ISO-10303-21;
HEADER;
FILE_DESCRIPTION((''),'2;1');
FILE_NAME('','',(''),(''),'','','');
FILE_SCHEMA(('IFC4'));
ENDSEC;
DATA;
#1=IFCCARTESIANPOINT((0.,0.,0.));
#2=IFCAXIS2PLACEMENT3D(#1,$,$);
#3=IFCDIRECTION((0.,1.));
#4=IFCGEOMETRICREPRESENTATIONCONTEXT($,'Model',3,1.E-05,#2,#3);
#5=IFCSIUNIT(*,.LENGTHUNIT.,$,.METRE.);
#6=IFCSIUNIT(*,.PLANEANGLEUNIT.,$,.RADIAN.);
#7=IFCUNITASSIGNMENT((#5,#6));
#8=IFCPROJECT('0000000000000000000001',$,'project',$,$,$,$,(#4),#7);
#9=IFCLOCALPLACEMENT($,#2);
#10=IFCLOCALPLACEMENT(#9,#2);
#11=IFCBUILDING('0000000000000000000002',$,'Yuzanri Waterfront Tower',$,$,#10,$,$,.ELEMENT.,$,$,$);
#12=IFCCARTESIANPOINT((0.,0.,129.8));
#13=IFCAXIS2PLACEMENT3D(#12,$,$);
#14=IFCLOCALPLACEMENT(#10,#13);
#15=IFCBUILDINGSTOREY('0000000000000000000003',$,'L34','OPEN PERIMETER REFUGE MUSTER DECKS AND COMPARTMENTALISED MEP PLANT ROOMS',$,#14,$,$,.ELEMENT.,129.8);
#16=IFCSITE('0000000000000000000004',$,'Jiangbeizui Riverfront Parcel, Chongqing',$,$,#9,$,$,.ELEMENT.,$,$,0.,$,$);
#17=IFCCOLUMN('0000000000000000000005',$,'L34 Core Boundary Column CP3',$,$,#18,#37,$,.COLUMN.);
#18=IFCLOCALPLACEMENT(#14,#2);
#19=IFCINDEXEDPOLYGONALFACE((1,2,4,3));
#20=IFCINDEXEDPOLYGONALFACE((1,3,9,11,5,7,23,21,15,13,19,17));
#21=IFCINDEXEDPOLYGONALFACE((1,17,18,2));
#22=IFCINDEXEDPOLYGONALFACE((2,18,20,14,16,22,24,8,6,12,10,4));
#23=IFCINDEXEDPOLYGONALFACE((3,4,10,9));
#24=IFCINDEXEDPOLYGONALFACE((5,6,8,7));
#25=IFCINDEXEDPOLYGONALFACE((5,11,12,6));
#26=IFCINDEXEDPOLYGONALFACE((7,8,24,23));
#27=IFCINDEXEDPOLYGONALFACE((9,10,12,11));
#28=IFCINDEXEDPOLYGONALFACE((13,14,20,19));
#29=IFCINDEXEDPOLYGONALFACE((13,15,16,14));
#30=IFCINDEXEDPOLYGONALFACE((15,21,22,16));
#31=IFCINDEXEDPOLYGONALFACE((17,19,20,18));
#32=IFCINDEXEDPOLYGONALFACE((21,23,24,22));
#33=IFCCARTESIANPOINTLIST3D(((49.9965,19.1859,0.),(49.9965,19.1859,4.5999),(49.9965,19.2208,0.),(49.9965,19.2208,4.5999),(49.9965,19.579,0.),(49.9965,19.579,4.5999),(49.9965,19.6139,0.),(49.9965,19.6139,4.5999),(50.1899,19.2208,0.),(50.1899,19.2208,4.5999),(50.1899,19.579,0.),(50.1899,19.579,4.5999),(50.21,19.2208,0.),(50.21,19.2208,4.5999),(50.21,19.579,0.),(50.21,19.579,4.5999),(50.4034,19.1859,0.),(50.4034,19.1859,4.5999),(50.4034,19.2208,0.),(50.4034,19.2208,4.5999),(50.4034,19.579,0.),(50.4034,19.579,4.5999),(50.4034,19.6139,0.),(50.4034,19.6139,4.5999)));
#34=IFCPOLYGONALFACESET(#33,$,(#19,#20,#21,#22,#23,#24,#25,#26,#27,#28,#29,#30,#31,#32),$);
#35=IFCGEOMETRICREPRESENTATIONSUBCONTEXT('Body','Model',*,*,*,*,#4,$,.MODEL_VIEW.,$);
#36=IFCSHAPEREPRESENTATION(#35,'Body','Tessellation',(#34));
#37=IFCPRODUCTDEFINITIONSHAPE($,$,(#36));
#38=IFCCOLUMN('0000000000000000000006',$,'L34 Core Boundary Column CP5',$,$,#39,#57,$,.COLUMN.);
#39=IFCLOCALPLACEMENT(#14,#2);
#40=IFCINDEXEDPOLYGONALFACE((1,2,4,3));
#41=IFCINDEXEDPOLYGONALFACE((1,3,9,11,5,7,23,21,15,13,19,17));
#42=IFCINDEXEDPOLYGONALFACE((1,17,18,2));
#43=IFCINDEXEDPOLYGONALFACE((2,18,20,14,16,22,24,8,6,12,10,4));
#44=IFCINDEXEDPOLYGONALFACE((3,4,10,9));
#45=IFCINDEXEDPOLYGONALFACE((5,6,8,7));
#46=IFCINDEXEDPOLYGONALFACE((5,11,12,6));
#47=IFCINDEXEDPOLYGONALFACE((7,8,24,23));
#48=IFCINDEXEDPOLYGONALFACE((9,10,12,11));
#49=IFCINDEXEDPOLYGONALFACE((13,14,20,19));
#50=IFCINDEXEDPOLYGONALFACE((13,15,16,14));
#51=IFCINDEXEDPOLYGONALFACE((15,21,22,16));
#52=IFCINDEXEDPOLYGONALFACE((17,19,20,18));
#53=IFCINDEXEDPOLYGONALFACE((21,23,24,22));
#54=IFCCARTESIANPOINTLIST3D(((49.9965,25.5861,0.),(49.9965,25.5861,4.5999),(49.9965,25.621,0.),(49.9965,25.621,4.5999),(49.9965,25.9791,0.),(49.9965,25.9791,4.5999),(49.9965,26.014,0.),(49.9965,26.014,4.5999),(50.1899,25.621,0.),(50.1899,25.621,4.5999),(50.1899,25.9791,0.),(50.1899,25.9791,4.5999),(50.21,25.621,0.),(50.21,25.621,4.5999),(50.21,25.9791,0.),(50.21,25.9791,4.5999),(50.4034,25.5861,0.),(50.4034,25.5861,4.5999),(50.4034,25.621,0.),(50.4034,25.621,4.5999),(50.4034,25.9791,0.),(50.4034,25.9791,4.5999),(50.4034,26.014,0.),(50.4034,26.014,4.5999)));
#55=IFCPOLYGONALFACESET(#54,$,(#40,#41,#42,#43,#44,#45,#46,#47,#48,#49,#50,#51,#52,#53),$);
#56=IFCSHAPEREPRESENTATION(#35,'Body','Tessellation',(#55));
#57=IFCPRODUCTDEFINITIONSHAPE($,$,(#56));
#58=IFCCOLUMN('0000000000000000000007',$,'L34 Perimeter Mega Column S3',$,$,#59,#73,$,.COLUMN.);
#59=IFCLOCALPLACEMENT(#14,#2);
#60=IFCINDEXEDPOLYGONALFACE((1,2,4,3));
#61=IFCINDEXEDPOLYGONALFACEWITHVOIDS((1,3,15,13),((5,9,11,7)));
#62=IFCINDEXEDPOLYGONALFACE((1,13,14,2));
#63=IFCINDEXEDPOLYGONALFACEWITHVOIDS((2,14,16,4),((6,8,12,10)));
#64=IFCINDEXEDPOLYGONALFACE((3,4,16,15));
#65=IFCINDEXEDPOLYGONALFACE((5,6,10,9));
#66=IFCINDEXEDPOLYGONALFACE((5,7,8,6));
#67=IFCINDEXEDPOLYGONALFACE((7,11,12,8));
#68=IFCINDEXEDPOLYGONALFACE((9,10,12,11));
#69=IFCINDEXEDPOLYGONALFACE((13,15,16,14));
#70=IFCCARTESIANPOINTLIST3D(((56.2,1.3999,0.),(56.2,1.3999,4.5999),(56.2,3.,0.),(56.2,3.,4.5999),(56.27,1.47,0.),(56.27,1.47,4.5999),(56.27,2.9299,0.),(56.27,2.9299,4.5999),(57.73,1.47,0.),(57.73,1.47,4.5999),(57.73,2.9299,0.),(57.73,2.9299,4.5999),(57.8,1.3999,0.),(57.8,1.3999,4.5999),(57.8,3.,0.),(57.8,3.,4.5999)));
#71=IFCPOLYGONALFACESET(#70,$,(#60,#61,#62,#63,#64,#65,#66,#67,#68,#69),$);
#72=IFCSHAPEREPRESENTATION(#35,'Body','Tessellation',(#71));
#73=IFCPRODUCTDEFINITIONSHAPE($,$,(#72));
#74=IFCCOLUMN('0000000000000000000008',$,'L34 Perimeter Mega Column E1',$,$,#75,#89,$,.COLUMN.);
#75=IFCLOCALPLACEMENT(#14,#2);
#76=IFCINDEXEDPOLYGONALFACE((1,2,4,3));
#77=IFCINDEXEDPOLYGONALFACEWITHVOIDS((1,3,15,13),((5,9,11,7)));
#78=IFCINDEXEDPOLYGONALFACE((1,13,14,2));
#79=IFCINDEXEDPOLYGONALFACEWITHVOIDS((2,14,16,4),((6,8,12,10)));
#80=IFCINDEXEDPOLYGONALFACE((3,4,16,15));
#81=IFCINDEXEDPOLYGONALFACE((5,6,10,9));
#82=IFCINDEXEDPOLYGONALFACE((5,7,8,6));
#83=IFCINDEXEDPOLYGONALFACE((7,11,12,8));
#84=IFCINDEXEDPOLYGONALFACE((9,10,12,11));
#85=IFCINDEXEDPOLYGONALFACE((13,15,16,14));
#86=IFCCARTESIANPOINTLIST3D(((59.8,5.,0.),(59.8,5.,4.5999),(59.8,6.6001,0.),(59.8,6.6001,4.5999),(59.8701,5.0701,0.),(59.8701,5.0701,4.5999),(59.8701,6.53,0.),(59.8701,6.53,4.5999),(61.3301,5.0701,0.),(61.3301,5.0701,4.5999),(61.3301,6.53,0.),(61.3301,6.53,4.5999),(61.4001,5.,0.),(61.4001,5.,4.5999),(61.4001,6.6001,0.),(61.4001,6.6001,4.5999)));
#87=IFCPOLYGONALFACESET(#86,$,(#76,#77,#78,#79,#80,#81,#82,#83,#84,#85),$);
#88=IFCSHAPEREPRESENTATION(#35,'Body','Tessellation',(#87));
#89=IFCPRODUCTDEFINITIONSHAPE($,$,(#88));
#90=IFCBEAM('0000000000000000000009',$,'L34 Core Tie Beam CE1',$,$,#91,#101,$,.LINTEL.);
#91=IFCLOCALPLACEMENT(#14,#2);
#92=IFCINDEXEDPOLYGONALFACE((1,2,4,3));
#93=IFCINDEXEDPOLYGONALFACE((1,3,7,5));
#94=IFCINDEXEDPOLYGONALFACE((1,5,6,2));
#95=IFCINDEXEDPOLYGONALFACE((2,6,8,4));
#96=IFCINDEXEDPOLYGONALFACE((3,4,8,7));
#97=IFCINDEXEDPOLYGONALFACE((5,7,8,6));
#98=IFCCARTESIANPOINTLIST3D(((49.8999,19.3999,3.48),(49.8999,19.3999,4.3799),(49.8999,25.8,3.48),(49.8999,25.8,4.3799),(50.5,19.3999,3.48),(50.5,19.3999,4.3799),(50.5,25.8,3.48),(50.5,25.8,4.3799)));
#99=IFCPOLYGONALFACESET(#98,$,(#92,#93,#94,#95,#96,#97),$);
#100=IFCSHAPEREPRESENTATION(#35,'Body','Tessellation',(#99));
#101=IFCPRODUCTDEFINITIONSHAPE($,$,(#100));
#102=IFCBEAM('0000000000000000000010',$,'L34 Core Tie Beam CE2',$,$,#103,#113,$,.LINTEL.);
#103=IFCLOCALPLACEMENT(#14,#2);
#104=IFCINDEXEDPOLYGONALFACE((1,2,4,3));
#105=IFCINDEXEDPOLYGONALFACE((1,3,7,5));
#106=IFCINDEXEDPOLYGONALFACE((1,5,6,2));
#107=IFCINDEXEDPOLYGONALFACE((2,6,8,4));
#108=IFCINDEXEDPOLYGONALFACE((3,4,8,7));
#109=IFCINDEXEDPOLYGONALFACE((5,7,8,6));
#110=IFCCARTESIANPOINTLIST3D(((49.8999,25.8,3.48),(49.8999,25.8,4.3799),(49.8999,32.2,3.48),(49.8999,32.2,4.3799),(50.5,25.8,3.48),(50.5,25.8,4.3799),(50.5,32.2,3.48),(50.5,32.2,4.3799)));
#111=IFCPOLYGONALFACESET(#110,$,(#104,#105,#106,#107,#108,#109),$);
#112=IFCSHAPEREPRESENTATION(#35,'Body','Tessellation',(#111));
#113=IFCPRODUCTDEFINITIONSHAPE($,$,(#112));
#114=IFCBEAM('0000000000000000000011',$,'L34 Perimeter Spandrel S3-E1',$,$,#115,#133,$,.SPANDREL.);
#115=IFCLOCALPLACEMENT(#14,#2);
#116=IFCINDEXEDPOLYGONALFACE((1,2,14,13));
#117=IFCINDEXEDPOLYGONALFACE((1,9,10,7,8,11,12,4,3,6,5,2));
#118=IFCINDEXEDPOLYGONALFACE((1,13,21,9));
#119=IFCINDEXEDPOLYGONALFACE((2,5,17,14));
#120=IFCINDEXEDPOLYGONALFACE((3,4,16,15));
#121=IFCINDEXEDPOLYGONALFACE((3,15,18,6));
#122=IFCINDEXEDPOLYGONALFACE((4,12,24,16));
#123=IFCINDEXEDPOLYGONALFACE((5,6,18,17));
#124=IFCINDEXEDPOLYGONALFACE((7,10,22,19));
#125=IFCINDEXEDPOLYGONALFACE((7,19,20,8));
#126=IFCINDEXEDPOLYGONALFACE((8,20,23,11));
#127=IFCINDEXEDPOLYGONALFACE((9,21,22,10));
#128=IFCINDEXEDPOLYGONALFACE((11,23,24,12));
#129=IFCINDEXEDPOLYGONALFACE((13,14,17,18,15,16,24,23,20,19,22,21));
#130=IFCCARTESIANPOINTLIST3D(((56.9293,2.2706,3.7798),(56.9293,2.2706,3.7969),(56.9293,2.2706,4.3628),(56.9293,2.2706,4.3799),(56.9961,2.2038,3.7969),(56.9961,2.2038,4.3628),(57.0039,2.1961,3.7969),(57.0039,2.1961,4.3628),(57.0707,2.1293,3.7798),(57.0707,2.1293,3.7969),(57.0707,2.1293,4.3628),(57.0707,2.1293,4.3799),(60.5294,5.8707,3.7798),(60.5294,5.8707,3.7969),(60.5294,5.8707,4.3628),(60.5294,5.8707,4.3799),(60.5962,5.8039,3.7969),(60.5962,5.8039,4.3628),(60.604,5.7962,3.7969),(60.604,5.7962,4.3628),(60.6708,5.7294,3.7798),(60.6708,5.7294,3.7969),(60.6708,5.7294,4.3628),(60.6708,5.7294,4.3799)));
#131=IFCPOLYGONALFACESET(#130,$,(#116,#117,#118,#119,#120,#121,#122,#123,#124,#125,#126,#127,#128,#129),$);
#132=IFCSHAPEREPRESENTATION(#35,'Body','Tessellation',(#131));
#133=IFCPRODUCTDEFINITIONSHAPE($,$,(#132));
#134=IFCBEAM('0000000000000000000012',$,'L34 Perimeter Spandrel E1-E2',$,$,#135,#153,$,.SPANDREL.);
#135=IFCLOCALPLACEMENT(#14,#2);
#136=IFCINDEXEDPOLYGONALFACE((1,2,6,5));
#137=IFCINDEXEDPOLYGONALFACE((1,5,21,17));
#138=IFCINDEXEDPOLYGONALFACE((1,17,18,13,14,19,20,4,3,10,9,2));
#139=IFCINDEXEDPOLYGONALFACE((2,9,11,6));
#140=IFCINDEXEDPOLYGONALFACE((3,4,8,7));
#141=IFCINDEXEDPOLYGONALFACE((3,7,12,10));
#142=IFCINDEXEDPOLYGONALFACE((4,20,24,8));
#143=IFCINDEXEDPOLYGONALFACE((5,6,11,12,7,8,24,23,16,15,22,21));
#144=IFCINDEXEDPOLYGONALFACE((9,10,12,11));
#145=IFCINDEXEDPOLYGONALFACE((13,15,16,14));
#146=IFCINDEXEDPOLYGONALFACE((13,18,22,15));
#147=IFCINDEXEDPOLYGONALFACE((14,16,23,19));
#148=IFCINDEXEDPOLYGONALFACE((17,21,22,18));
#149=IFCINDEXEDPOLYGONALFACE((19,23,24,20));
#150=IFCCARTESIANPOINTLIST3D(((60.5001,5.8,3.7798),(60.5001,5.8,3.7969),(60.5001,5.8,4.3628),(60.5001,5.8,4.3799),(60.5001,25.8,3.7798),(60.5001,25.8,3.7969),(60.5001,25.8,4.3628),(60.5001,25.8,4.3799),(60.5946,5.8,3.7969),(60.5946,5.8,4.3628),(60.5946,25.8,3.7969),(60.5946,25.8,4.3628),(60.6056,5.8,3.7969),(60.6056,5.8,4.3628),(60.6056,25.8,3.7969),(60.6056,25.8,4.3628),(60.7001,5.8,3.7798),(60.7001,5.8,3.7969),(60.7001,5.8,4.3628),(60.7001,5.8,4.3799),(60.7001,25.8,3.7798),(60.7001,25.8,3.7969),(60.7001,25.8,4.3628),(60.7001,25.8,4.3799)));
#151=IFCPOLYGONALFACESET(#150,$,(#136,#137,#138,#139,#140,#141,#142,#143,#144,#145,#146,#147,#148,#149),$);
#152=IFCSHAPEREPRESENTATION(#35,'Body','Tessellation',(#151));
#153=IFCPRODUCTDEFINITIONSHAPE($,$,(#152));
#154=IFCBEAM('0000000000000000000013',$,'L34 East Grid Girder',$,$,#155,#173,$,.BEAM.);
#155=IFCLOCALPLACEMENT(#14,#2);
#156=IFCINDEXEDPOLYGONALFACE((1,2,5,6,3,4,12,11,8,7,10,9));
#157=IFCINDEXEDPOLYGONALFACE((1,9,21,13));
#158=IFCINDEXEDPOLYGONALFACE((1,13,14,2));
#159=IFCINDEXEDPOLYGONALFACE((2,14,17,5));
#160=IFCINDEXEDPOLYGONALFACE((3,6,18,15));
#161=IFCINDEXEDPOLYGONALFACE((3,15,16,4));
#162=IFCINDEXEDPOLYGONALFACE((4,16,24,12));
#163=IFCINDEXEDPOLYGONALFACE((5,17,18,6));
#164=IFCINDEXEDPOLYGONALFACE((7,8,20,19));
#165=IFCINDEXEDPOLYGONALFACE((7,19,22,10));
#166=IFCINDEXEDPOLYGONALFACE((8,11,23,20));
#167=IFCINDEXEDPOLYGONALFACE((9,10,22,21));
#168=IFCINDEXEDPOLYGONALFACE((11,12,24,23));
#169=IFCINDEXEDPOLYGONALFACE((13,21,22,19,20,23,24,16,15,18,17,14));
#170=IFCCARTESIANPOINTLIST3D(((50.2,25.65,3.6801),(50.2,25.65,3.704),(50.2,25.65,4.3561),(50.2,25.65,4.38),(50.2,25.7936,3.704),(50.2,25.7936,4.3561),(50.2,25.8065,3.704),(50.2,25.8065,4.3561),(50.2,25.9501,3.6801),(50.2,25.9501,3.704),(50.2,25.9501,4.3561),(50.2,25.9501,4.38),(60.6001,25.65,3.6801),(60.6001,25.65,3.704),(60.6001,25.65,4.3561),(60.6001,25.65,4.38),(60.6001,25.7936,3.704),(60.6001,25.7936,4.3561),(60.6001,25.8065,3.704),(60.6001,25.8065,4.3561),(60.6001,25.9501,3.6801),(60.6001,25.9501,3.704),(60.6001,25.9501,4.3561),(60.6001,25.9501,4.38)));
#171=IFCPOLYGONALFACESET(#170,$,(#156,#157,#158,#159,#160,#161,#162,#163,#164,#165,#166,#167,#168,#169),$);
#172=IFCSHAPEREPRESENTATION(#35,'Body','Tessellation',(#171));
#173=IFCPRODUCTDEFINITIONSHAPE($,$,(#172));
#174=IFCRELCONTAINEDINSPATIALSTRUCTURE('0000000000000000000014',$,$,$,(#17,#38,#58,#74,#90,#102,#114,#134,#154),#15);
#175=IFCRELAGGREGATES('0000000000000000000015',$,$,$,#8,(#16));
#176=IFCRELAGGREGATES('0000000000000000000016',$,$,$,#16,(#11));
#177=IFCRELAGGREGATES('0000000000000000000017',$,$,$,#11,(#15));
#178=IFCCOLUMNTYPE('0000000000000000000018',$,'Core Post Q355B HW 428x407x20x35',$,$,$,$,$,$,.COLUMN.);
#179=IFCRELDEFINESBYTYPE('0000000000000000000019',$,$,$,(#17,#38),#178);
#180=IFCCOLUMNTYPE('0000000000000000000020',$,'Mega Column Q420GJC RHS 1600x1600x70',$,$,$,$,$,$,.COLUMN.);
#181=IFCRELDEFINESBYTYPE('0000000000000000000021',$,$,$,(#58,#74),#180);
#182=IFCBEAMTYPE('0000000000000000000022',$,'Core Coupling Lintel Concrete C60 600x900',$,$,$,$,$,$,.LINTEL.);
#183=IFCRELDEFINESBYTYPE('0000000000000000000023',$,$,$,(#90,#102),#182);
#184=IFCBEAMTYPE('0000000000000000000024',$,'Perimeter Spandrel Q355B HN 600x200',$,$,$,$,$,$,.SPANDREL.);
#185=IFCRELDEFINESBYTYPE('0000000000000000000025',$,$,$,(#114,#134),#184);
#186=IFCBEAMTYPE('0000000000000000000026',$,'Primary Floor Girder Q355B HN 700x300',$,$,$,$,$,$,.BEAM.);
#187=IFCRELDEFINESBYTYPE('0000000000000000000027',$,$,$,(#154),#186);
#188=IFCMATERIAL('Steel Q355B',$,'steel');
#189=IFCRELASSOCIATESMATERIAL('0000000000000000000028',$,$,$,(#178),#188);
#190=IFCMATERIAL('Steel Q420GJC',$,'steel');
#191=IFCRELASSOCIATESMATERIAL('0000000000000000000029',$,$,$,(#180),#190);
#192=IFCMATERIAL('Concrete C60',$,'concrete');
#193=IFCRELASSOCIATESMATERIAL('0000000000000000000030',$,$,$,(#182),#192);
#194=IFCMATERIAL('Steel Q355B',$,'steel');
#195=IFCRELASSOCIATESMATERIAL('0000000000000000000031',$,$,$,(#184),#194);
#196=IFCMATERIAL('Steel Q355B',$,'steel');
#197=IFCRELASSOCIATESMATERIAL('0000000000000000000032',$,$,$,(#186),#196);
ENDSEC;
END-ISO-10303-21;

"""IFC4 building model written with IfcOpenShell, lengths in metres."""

from ifc_helpers import new_model, si_unit, direction, frame, origin, origin_2d, place, context, subcontext, project, spatial, rectangle, hollow_rectangle, i_section, extrude, source, transform, mapped, material, material_profile, profile_set, type_object, element, save


model = new_model("IFC4")

# Units and contexts
model_context = context("Model", 3, precision=1e-05, world=origin(), true_north=direction((0.0, 1.0)))
body_context = subcontext(model_context, "Body", "Model", "MODEL_VIEW")
ifc_project = project(units=[si_unit("LENGTHUNIT", "METRE"), si_unit("PLANEANGLEUNIT", "RADIAN")], contexts=[model_context])

# Site, building, storey
site_placement = place(None, origin())
site = spatial("IfcSite", under=ifc_project, at=site_placement, Name="Jiangbeizui Riverfront Parcel, Chongqing", CompositionType="ELEMENT", RefElevation=0.0)
building_placement = place(site_placement, origin())
building = spatial("IfcBuilding", under=site, at=building_placement, Name="Yuzanri Waterfront Tower", CompositionType="ELEMENT")
storey_placement = place(building_placement, frame((0.0, 0.0, 129.8)))
storey = spatial("IfcBuildingStorey", under=building, at=storey_placement, Name="L34", Description="OPEN PERIMETER REFUGE MUSTER DECKS AND COMPARTMENTALISED MEP PLANT ROOMS", CompositionType="ELEMENT", Elevation=129.8)

# Columns
ifc_material_1 = material(Name="Steel Q355B", Category="steel")
ifc_material_profile_1 = material_profile(ifc_material_1, i_section(OverallWidth=0.407, OverallDepth=0.428, WebThickness=0.02, FlangeThickness=0.0349, at=origin_2d()), Name="HW 428x407x20x35")
ifc_profile_set_1 = profile_set([ifc_material_profile_1], Name="Steel Q355B")
column_type_1 = type_object("IfcColumnType", Name="Core Post Q355B HW 428x407x20x35", PredefinedType="COLUMN", material=ifc_profile_set_1)
shared_shape_1 = source(origin(), body_context, "Body", "SweptSolid", [
    extrude(i_section(OverallWidth=0.407, OverallDepth=0.428, WebThickness=0.02, FlangeThickness=0.0349, at=origin_2d()), origin(), (0.0, 0.0, 1.0), 4.5999),
])
for number, where, z_axis, x_axis, name in (
    (1, (50.2, 19.3999, 0.0), (0.0, 0.0, 1.0), (1.0, 0.0, 0.0), "L34 Core Boundary Column CP3"),
    (2, (50.2, 25.8, 0.0), (0.0, 0.0, 1.0), (1.0, 0.0, 0.0), "L34 Core Boundary Column CP5"),
):
    element("IfcColumn", number, at=place(storey_placement, frame(where, z_axis=z_axis, x_axis=x_axis)), inside=storey, type_object=column_type_1, Name=name, PredefinedType="COLUMN", context=body_context, shape_type="MappedRepresentation", body=[
        mapped(shared_shape_1, transform((0.0, 0.0, 0.0), scale=1.0)),
    ])
ifc_material_2 = material(Name="Steel Q420GJC", Category="steel")
ifc_material_profile_2 = material_profile(ifc_material_2, hollow_rectangle(XDim=1.6001, YDim=1.6001, WallThickness=0.0701, at=origin_2d()), Name="RHS 1600x1600x70")
ifc_profile_set_2 = profile_set([ifc_material_profile_2], Name="Steel Q420GJC")
column_type_2 = type_object("IfcColumnType", Name="Mega Column Q420GJC RHS 1600x1600x70", PredefinedType="COLUMN", material=ifc_profile_set_2)
shared_shape_2 = source(origin(), body_context, "Body", "SweptSolid", [
    extrude(hollow_rectangle(XDim=1.6001, YDim=1.6001, WallThickness=0.0701, at=origin_2d()), origin(), (0.0, 0.0, 1.0), 4.5999),
])
for number, where, z_axis, x_axis, name in (
    (3, (57.0, 2.2, 0.0), (0.0, 0.0, 1.0), (1.0, 0.0, 0.0), "L34 Perimeter Mega Column S3"),
    (4, (60.6001, 5.8, 0.0), (0.0, 0.0, 1.0), (1.0, 0.0, 0.0), "L34 Perimeter Mega Column E1"),
):
    element("IfcColumn", number, at=place(storey_placement, frame(where, z_axis=z_axis, x_axis=x_axis)), inside=storey, type_object=column_type_2, Name=name, PredefinedType="COLUMN", context=body_context, shape_type="MappedRepresentation", body=[
        mapped(shared_shape_2, transform((0.0, 0.0, 0.0), scale=1.0)),
    ])

# Beams
ifc_material_3 = material(Name="Concrete C60", Category="concrete")
ifc_material_profile_3 = material_profile(ifc_material_3, rectangle(XDim=0.6001, YDim=0.8999, at=origin_2d()), Name="RC 600x900")
ifc_profile_set_3 = profile_set([ifc_material_profile_3], Name="Concrete C60")
beam_type_1 = type_object("IfcBeamType", Name="Core Coupling Lintel Concrete C60 600x900", PredefinedType="LINTEL", material=ifc_profile_set_3)
shared_shape_3 = source(origin(), body_context, "Body", "SweptSolid", [
    extrude(rectangle(XDim=0.6001, YDim=0.8999, at=origin_2d()), origin(), (0.0, 0.0, 1.0), 6.4001),
])
beam_1_placement = place(storey_placement, frame((50.2, 19.3999, 3.9299), z_axis=(0.0, 1.0, 0.0), x_axis=(-1.0, 0.0, 0.0)))
element("IfcBeam", 5, at=beam_1_placement, inside=storey, type_object=beam_type_1, Name="L34 Core Tie Beam CE1", PredefinedType="LINTEL", context=body_context, shape_type="MappedRepresentation", body=[
    mapped(shared_shape_3, transform((0.0, 0.0, 0.0), scale=1.0)),
])
shared_shape_4 = source(origin(), body_context, "Body", "SweptSolid", [
    extrude(rectangle(XDim=0.6001, YDim=0.8999, at=origin_2d()), origin(), (0.0, 0.0, 1.0), 6.3999),
])
beam_2_placement = place(storey_placement, frame((50.2, 25.8, 3.9299), z_axis=(0.0, 1.0, 0.0), x_axis=(-1.0, 0.0, 0.0)))
element("IfcBeam", 6, at=beam_2_placement, inside=storey, type_object=beam_type_1, Name="L34 Core Tie Beam CE2", PredefinedType="LINTEL", context=body_context, shape_type="MappedRepresentation", body=[
    mapped(shared_shape_4, transform((0.0, 0.0, 0.0), scale=1.0)),
])
ifc_material_4 = material(Name="Steel Q355B", Category="steel")
ifc_material_profile_4 = material_profile(ifc_material_4, i_section(OverallWidth=0.2, OverallDepth=0.6001, WebThickness=0.011, FlangeThickness=0.0171, at=origin_2d()), Name="HN 600x200x11x17")
ifc_profile_set_4 = profile_set([ifc_material_profile_4], Name="Steel Q355B")
beam_type_2 = type_object("IfcBeamType", Name="Perimeter Spandrel Q355B HN 600x200", PredefinedType="SPANDREL", material=ifc_profile_set_4)
shared_shape_5 = source(origin(), body_context, "Body", "SweptSolid", [
    extrude(i_section(OverallWidth=0.2, OverallDepth=0.6001, WebThickness=0.011, FlangeThickness=0.0171, at=origin_2d()), origin(), (0.0, 0.0, 1.0), 5.0913),
])
beam_3_placement = place(storey_placement, frame((57.0, 2.2, 4.0798), z_axis=(0.707107, 0.707107, 0.0), x_axis=(-0.707107, 0.707107, 0.0)))
element("IfcBeam", 7, at=beam_3_placement, inside=storey, type_object=beam_type_2, Name="L34 Perimeter Spandrel S3-E1", PredefinedType="SPANDREL", context=body_context, shape_type="MappedRepresentation", body=[
    mapped(shared_shape_5, transform((0.0, 0.0, 0.0), scale=1.0)),
])
shared_shape_6 = source(origin(), body_context, "Body", "SweptSolid", [
    extrude(i_section(OverallWidth=0.2, OverallDepth=0.6001, WebThickness=0.011, FlangeThickness=0.0171, at=origin_2d()), origin(), (0.0, 0.0, 1.0), 20.0),
])
beam_4_placement = place(storey_placement, frame((60.6001, 5.8, 4.0798), z_axis=(0.0, 1.0, 0.0), x_axis=(-1.0, 0.0, 0.0)))
element("IfcBeam", 8, at=beam_4_placement, inside=storey, type_object=beam_type_2, Name="L34 Perimeter Spandrel E1-E2", PredefinedType="SPANDREL", context=body_context, shape_type="MappedRepresentation", body=[
    mapped(shared_shape_6, transform((0.0, 0.0, 0.0), scale=1.0)),
])
ifc_material_5 = material(Name="Steel Q355B", Category="steel")
ifc_material_profile_5 = material_profile(ifc_material_5, i_section(OverallWidth=0.3, OverallDepth=0.7, WebThickness=0.0129, FlangeThickness=0.0239, at=origin_2d()), Name="HN 700x300x13x24")
ifc_profile_set_5 = profile_set([ifc_material_profile_5], Name="Steel Q355B")
beam_type_3 = type_object("IfcBeamType", Name="Primary Floor Girder Q355B HN 700x300", PredefinedType="BEAM", material=ifc_profile_set_5)
shared_shape_7 = source(origin(), body_context, "Body", "SweptSolid", [
    extrude(i_section(OverallWidth=0.3, OverallDepth=0.7, WebThickness=0.0129, FlangeThickness=0.0239, at=origin_2d()), origin(), (0.0, 0.0, 1.0), 10.4001),
])
beam_5_placement = place(storey_placement, frame((50.2, 25.8, 4.03), z_axis=(1.0, 0.0, 0.0), x_axis=(0.0, 1.0, 0.0)))
element("IfcBeam", 9, at=beam_5_placement, inside=storey, type_object=beam_type_3, Name="L34 East Grid Girder", PredefinedType="BEAM", context=body_context, shape_type="MappedRepresentation", body=[
    mapped(shared_shape_7, transform((0.0, 0.0, 0.0), scale=1.0)),
])

save(model, "model.ifc")
